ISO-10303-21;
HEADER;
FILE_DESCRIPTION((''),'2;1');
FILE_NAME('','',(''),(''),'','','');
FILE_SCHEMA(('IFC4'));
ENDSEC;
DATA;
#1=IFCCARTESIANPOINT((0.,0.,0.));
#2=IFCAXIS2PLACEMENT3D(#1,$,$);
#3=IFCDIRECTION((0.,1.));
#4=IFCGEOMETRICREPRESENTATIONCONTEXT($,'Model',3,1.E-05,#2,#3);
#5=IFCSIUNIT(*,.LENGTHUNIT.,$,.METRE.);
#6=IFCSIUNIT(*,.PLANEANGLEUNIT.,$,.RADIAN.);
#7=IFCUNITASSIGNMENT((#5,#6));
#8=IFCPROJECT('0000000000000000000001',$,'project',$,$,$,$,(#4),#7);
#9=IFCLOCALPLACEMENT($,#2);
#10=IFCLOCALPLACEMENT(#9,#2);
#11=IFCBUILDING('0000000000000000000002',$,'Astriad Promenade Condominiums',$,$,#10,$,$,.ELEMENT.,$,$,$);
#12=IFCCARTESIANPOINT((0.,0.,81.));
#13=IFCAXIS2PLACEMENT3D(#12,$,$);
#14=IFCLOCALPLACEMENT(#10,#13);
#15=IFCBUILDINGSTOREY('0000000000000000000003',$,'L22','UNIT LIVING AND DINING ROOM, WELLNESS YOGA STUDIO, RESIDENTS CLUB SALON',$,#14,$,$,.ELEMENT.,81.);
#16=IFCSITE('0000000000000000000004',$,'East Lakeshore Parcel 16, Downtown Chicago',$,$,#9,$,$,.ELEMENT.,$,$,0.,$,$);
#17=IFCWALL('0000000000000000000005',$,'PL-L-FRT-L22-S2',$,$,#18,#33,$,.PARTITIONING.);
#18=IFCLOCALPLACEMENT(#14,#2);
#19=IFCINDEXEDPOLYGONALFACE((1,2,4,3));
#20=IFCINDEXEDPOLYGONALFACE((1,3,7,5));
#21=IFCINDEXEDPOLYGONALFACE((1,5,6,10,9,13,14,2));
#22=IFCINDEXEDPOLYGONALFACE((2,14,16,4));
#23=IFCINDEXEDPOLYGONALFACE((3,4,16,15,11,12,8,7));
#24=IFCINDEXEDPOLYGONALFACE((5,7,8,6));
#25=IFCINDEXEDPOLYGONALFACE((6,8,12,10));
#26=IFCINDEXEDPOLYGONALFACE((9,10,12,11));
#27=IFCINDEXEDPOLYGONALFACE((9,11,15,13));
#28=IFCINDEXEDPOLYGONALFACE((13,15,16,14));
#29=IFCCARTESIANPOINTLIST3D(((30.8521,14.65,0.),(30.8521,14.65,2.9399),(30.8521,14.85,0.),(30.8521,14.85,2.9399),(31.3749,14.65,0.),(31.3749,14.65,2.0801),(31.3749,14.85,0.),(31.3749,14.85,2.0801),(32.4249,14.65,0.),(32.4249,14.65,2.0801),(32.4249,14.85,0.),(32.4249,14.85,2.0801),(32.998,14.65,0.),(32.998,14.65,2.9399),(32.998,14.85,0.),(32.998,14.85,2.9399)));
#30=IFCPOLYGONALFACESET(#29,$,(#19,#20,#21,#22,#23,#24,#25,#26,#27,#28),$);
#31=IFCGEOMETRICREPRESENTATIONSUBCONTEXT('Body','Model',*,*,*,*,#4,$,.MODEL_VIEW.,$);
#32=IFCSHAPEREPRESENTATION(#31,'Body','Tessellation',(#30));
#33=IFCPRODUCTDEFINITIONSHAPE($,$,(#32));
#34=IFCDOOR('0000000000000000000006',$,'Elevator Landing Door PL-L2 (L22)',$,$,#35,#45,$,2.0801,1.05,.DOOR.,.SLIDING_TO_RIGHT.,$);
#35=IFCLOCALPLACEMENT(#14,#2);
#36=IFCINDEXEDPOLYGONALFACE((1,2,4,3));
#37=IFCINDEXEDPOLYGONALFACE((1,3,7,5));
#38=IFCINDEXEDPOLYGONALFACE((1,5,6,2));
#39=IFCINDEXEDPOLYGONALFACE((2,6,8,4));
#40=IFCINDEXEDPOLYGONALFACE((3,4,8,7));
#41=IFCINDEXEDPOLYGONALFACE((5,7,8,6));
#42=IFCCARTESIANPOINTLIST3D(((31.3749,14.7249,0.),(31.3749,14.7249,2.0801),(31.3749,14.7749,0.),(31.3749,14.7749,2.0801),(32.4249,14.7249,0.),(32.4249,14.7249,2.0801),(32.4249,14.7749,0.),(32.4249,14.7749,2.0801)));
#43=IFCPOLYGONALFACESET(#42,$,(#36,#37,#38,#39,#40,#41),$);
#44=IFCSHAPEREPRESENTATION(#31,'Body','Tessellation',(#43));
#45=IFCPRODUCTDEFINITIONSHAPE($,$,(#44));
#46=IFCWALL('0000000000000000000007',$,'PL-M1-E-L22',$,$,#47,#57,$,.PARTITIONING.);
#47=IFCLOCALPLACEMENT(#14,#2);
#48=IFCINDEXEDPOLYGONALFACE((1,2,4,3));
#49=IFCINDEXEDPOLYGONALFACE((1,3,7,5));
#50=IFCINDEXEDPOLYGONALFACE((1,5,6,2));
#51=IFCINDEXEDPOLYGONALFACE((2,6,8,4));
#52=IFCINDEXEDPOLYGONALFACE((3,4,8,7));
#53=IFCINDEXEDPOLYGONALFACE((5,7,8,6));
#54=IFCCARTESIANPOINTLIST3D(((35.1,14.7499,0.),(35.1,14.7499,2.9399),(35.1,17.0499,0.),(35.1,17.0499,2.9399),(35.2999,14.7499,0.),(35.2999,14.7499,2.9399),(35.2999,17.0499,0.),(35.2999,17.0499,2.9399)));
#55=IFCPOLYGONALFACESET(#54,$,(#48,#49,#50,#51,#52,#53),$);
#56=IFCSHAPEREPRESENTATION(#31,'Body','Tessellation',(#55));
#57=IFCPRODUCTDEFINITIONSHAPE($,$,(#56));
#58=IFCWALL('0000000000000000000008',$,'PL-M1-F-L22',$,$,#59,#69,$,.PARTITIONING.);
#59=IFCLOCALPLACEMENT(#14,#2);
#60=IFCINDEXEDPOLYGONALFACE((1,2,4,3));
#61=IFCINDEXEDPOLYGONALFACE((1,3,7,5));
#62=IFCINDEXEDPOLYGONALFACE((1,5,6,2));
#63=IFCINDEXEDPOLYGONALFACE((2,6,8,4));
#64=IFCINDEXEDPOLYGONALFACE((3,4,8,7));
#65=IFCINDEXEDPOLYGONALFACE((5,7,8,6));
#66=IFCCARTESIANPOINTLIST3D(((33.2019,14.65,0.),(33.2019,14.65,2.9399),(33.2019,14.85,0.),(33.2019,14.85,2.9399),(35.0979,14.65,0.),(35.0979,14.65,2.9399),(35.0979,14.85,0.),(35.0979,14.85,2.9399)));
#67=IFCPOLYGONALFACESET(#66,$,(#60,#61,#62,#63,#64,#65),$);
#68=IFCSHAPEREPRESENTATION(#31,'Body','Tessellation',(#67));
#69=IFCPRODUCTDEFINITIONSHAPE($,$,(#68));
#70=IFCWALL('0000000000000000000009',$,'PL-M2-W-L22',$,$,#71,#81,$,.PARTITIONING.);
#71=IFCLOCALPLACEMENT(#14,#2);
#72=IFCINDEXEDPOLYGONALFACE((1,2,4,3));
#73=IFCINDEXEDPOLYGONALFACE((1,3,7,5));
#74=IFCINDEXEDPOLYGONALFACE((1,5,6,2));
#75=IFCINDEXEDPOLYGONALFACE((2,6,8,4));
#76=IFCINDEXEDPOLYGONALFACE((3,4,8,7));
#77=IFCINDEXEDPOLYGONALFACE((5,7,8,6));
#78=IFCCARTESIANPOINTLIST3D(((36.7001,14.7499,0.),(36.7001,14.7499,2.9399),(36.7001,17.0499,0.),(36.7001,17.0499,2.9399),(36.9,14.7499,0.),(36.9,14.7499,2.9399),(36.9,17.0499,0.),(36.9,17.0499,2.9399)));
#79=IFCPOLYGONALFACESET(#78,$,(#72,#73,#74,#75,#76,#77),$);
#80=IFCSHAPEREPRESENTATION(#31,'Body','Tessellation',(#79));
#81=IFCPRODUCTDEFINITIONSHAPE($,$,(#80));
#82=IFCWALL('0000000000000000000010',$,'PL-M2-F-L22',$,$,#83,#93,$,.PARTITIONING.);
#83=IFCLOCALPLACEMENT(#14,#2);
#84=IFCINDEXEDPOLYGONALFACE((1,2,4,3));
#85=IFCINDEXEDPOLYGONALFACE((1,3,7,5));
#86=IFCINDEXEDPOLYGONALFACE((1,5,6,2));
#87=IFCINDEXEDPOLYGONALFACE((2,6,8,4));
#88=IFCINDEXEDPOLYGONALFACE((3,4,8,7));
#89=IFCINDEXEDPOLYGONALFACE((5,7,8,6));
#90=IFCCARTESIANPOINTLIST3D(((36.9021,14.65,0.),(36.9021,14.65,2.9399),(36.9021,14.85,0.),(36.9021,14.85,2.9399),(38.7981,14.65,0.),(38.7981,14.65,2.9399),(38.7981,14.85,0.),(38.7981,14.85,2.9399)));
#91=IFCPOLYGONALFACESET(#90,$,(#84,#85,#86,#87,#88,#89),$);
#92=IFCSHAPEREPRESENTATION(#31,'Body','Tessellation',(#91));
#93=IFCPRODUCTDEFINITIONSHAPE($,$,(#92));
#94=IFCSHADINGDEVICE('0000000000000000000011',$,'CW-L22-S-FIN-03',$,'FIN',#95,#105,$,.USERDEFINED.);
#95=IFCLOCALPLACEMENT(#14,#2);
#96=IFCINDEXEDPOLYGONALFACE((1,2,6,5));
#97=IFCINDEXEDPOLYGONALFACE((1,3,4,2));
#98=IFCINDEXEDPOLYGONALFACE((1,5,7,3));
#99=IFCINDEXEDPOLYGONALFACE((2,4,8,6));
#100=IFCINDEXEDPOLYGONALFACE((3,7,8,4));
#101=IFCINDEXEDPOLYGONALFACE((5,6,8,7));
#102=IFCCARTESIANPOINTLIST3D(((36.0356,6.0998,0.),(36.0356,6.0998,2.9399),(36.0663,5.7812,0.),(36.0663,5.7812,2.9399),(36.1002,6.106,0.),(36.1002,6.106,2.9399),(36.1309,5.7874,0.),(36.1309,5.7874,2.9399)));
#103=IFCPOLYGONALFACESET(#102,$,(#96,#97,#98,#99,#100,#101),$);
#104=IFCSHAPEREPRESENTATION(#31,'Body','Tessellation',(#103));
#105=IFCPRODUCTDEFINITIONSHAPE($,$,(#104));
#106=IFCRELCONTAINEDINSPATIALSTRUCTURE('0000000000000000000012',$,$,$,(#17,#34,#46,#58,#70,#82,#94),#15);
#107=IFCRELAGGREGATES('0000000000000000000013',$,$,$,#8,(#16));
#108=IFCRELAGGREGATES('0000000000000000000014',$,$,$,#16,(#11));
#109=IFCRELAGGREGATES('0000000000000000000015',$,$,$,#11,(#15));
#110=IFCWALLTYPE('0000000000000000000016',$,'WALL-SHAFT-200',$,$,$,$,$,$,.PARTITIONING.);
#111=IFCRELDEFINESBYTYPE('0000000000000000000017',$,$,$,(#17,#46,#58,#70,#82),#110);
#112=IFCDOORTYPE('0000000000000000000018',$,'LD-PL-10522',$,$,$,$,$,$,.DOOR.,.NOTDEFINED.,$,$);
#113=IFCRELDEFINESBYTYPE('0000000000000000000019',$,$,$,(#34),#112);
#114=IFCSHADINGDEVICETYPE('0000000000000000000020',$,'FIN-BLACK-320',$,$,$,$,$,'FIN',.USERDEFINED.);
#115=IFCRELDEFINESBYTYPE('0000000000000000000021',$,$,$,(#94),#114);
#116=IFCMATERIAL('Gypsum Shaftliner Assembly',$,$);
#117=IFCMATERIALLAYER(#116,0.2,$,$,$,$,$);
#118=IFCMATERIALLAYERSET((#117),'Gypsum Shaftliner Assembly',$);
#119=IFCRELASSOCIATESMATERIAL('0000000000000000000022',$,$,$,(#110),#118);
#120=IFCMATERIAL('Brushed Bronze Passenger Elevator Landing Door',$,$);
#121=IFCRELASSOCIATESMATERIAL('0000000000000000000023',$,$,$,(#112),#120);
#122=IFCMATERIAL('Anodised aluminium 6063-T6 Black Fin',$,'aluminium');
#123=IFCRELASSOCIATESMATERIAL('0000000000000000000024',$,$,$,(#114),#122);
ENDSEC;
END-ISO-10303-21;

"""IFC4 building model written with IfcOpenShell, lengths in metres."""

from ifc_helpers import new_model, si_unit, direction, frame, frame_2d, origin, origin_2d, place, context, subcontext, project, spatial, rectangle, extrude, source, transform, mapped, material, layer, layer_set, type_object, type_shapes, element, fill, save


model = new_model("IFC4")

# Units and contexts
model_context = context("Model", 3, precision=1e-05, world=origin(), true_north=direction((0.0, 1.0)))
body_context = subcontext(model_context, "Body", "Model", "MODEL_VIEW")
ifc_project = project(units=[si_unit("LENGTHUNIT", "METRE"), si_unit("PLANEANGLEUNIT", "RADIAN")], contexts=[model_context])

# Site, building, storey
site_placement = place(None, origin())
site = spatial("IfcSite", under=ifc_project, at=site_placement, Name="East Lakeshore Parcel 16, Downtown Chicago", CompositionType="ELEMENT", RefElevation=0.0)
building_placement = place(site_placement, origin())
building = spatial("IfcBuilding", under=site, at=building_placement, Name="Astriad Promenade Condominiums", CompositionType="ELEMENT")
storey_placement = place(building_placement, frame((0.0, 0.0, 81.0)))
storey = spatial("IfcBuildingStorey", under=building, at=storey_placement, Name="L22", Description="UNIT LIVING AND DINING ROOM, WELLNESS YOGA STUDIO, RESIDENTS CLUB SALON", CompositionType="ELEMENT", Elevation=81.0)

# Shared definitions
ifc_material_1 = material(Name="Gypsum Shaftliner Assembly")
ifc_layer_1 = layer(ifc_material_1, 0.2)
ifc_layer_set_1 = layer_set([ifc_layer_1], Name="Gypsum Shaftliner Assembly")
wall_type_1 = type_object("IfcWallType", Name="WALL-SHAFT-200", PredefinedType="PARTITIONING", material=ifc_layer_set_1)

# Wall, opening, door
wall_1_placement = place(storey_placement, frame((30.8521, 14.75, 0.0), z_axis=(0.0, 0.0, 1.0), x_axis=(1.0, 0.0, 0.0)))
wall_1 = element("IfcWall", 1, at=wall_1_placement, inside=storey, type_object=wall_type_1, Name="PL-L-FRT-L22-S2", PredefinedType="PARTITIONING", context=body_context, shape_type="SweptSolid", body=[
    extrude(rectangle(XDim=2.146, YDim=0.2, at=frame_2d((1.073, 0.0))), origin(), (0.0, 0.0, 1.0), 2.9399),
])
opening_1_placement = place(wall_1_placement, frame((0.5229, 0.0, 0.0)))
opening_1 = element("IfcOpeningElement", 2, at=opening_1_placement, cuts=wall_1, PredefinedType="OPENING", context=body_context, shape_type="SweptSolid", body=[
    extrude(rectangle(XDim=1.05, YDim=2.0801, at=frame_2d((0.5249, 1.04))), frame((0.0, 0.1099, 0.0), z_axis=(0.0, -1.0, 0.0), x_axis=(1.0, 0.0, 0.0)), (0.0, 0.0, 1.0), 0.22),
])
ifc_material_2 = material(Name="Brushed Bronze Passenger Elevator Landing Door")
door_type_1 = type_object("IfcDoorType", Name="LD-PL-10522", OperationType="NOTDEFINED", PredefinedType="DOOR", material=ifc_material_2)
shared_shape_1 = source(origin(), body_context, "Body", "SweptSolid", [
    extrude(rectangle(XDim=1.05, YDim=2.0801, at=frame_2d((0.5249, 1.04))), frame((0.0, 0.0249, 0.0), z_axis=(0.0, -1.0, 0.0), x_axis=(1.0, 0.0, 0.0)), (0.0, 0.0, 1.0), 0.05),
])
type_shapes(door_type_1, [shared_shape_1])
door_1_placement = place(opening_1_placement, origin())
door_1 = element("IfcDoor", 3, at=door_1_placement, inside=storey, type_object=door_type_1, Name="Elevator Landing Door PL-L2 (L22)", OperationType="SLIDING_TO_RIGHT", OverallHeight=2.0801, OverallWidth=1.05, PredefinedType="DOOR", context=body_context, shape_type="MappedRepresentation", body=[
    mapped(shared_shape_1, transform((0.0, 0.0, 0.0), scale=1.0)),
])
fill(opening_1, door_1)

# Walls
wall_2_placement = place(storey_placement, frame((35.2, 14.75, 0.0), z_axis=(0.0, 0.0, 1.0), x_axis=(0.0, 1.0, 0.0)))
element("IfcWall", 4, at=wall_2_placement, inside=storey, type_object=wall_type_1, Name="PL-M1-E-L22", PredefinedType="PARTITIONING", context=body_context, shape_type="SweptSolid", body=[
    extrude(rectangle(XDim=2.3, YDim=0.2, at=frame_2d((1.1499, 0.0))), origin(), (0.0, 0.0, 1.0), 2.9399),
])
wall_3_placement = place(storey_placement, frame((33.2019, 14.75, 0.0), z_axis=(0.0, 0.0, 1.0), x_axis=(1.0, 0.0, 0.0)))
element("IfcWall", 5, at=wall_3_placement, inside=storey, type_object=wall_type_1, Name="PL-M1-F-L22", PredefinedType="PARTITIONING", context=body_context, shape_type="SweptSolid", body=[
    extrude(rectangle(XDim=1.896, YDim=0.2, at=frame_2d((0.948, 0.0))), origin(), (0.0, 0.0, 1.0), 2.9399),
])
wall_4_placement = place(storey_placement, frame((36.8, 14.75, 0.0), z_axis=(0.0, 0.0, 1.0), x_axis=(0.0, 1.0, 0.0)))
element("IfcWall", 6, at=wall_4_placement, inside=storey, type_object=wall_type_1, Name="PL-M2-W-L22", PredefinedType="PARTITIONING", context=body_context, shape_type="SweptSolid", body=[
    extrude(rectangle(XDim=2.3, YDim=0.2, at=frame_2d((1.1499, 0.0))), origin(), (0.0, 0.0, 1.0), 2.9399),
])
wall_5_placement = place(storey_placement, frame((36.9021, 14.75, 0.0), z_axis=(0.0, 0.0, 1.0), x_axis=(1.0, 0.0, 0.0)))
element("IfcWall", 7, at=wall_5_placement, inside=storey, type_object=wall_type_1, Name="PL-M2-F-L22", PredefinedType="PARTITIONING", context=body_context, shape_type="SweptSolid", body=[
    extrude(rectangle(XDim=1.896, YDim=0.2, at=frame_2d((0.948, 0.0))), origin(), (0.0, 0.0, 1.0), 2.9399),
])

# Shading device
ifc_material_3 = material(Name="Anodised aluminium 6063-T6 Black Fin", Category="aluminium")
shading_device_type = type_object("IfcShadingDeviceType", Name="FIN-BLACK-320", ElementType="FIN", PredefinedType="USERDEFINED", material=ifc_material_3)
shared_shape_2 = source(origin(), body_context, "Body", "SweptSolid", [
    extrude(rectangle(XDim=0.0649, YDim=0.3201, at=origin_2d()), origin(), (0.0, 0.0, 1.0), 2.9399),
])
type_shapes(shading_device_type, [shared_shape_2])
shading_device_placement = place(storey_placement, frame((36.0833, 5.9436, 0.0), z_axis=(0.0, 0.0, 1.0), x_axis=(-0.995396, -0.095846, 0.0)))
element("IfcShadingDevice", 8, at=shading_device_placement, inside=storey, type_object=shading_device_type, Name="CW-L22-S-FIN-03", ObjectType="FIN", PredefinedType="USERDEFINED", context=body_context, shape_type="MappedRepresentation", body=[
    mapped(shared_shape_2, transform((0.0, 0.0, 0.0), scale=1.0)),
])

save(model, "model.ifc")
